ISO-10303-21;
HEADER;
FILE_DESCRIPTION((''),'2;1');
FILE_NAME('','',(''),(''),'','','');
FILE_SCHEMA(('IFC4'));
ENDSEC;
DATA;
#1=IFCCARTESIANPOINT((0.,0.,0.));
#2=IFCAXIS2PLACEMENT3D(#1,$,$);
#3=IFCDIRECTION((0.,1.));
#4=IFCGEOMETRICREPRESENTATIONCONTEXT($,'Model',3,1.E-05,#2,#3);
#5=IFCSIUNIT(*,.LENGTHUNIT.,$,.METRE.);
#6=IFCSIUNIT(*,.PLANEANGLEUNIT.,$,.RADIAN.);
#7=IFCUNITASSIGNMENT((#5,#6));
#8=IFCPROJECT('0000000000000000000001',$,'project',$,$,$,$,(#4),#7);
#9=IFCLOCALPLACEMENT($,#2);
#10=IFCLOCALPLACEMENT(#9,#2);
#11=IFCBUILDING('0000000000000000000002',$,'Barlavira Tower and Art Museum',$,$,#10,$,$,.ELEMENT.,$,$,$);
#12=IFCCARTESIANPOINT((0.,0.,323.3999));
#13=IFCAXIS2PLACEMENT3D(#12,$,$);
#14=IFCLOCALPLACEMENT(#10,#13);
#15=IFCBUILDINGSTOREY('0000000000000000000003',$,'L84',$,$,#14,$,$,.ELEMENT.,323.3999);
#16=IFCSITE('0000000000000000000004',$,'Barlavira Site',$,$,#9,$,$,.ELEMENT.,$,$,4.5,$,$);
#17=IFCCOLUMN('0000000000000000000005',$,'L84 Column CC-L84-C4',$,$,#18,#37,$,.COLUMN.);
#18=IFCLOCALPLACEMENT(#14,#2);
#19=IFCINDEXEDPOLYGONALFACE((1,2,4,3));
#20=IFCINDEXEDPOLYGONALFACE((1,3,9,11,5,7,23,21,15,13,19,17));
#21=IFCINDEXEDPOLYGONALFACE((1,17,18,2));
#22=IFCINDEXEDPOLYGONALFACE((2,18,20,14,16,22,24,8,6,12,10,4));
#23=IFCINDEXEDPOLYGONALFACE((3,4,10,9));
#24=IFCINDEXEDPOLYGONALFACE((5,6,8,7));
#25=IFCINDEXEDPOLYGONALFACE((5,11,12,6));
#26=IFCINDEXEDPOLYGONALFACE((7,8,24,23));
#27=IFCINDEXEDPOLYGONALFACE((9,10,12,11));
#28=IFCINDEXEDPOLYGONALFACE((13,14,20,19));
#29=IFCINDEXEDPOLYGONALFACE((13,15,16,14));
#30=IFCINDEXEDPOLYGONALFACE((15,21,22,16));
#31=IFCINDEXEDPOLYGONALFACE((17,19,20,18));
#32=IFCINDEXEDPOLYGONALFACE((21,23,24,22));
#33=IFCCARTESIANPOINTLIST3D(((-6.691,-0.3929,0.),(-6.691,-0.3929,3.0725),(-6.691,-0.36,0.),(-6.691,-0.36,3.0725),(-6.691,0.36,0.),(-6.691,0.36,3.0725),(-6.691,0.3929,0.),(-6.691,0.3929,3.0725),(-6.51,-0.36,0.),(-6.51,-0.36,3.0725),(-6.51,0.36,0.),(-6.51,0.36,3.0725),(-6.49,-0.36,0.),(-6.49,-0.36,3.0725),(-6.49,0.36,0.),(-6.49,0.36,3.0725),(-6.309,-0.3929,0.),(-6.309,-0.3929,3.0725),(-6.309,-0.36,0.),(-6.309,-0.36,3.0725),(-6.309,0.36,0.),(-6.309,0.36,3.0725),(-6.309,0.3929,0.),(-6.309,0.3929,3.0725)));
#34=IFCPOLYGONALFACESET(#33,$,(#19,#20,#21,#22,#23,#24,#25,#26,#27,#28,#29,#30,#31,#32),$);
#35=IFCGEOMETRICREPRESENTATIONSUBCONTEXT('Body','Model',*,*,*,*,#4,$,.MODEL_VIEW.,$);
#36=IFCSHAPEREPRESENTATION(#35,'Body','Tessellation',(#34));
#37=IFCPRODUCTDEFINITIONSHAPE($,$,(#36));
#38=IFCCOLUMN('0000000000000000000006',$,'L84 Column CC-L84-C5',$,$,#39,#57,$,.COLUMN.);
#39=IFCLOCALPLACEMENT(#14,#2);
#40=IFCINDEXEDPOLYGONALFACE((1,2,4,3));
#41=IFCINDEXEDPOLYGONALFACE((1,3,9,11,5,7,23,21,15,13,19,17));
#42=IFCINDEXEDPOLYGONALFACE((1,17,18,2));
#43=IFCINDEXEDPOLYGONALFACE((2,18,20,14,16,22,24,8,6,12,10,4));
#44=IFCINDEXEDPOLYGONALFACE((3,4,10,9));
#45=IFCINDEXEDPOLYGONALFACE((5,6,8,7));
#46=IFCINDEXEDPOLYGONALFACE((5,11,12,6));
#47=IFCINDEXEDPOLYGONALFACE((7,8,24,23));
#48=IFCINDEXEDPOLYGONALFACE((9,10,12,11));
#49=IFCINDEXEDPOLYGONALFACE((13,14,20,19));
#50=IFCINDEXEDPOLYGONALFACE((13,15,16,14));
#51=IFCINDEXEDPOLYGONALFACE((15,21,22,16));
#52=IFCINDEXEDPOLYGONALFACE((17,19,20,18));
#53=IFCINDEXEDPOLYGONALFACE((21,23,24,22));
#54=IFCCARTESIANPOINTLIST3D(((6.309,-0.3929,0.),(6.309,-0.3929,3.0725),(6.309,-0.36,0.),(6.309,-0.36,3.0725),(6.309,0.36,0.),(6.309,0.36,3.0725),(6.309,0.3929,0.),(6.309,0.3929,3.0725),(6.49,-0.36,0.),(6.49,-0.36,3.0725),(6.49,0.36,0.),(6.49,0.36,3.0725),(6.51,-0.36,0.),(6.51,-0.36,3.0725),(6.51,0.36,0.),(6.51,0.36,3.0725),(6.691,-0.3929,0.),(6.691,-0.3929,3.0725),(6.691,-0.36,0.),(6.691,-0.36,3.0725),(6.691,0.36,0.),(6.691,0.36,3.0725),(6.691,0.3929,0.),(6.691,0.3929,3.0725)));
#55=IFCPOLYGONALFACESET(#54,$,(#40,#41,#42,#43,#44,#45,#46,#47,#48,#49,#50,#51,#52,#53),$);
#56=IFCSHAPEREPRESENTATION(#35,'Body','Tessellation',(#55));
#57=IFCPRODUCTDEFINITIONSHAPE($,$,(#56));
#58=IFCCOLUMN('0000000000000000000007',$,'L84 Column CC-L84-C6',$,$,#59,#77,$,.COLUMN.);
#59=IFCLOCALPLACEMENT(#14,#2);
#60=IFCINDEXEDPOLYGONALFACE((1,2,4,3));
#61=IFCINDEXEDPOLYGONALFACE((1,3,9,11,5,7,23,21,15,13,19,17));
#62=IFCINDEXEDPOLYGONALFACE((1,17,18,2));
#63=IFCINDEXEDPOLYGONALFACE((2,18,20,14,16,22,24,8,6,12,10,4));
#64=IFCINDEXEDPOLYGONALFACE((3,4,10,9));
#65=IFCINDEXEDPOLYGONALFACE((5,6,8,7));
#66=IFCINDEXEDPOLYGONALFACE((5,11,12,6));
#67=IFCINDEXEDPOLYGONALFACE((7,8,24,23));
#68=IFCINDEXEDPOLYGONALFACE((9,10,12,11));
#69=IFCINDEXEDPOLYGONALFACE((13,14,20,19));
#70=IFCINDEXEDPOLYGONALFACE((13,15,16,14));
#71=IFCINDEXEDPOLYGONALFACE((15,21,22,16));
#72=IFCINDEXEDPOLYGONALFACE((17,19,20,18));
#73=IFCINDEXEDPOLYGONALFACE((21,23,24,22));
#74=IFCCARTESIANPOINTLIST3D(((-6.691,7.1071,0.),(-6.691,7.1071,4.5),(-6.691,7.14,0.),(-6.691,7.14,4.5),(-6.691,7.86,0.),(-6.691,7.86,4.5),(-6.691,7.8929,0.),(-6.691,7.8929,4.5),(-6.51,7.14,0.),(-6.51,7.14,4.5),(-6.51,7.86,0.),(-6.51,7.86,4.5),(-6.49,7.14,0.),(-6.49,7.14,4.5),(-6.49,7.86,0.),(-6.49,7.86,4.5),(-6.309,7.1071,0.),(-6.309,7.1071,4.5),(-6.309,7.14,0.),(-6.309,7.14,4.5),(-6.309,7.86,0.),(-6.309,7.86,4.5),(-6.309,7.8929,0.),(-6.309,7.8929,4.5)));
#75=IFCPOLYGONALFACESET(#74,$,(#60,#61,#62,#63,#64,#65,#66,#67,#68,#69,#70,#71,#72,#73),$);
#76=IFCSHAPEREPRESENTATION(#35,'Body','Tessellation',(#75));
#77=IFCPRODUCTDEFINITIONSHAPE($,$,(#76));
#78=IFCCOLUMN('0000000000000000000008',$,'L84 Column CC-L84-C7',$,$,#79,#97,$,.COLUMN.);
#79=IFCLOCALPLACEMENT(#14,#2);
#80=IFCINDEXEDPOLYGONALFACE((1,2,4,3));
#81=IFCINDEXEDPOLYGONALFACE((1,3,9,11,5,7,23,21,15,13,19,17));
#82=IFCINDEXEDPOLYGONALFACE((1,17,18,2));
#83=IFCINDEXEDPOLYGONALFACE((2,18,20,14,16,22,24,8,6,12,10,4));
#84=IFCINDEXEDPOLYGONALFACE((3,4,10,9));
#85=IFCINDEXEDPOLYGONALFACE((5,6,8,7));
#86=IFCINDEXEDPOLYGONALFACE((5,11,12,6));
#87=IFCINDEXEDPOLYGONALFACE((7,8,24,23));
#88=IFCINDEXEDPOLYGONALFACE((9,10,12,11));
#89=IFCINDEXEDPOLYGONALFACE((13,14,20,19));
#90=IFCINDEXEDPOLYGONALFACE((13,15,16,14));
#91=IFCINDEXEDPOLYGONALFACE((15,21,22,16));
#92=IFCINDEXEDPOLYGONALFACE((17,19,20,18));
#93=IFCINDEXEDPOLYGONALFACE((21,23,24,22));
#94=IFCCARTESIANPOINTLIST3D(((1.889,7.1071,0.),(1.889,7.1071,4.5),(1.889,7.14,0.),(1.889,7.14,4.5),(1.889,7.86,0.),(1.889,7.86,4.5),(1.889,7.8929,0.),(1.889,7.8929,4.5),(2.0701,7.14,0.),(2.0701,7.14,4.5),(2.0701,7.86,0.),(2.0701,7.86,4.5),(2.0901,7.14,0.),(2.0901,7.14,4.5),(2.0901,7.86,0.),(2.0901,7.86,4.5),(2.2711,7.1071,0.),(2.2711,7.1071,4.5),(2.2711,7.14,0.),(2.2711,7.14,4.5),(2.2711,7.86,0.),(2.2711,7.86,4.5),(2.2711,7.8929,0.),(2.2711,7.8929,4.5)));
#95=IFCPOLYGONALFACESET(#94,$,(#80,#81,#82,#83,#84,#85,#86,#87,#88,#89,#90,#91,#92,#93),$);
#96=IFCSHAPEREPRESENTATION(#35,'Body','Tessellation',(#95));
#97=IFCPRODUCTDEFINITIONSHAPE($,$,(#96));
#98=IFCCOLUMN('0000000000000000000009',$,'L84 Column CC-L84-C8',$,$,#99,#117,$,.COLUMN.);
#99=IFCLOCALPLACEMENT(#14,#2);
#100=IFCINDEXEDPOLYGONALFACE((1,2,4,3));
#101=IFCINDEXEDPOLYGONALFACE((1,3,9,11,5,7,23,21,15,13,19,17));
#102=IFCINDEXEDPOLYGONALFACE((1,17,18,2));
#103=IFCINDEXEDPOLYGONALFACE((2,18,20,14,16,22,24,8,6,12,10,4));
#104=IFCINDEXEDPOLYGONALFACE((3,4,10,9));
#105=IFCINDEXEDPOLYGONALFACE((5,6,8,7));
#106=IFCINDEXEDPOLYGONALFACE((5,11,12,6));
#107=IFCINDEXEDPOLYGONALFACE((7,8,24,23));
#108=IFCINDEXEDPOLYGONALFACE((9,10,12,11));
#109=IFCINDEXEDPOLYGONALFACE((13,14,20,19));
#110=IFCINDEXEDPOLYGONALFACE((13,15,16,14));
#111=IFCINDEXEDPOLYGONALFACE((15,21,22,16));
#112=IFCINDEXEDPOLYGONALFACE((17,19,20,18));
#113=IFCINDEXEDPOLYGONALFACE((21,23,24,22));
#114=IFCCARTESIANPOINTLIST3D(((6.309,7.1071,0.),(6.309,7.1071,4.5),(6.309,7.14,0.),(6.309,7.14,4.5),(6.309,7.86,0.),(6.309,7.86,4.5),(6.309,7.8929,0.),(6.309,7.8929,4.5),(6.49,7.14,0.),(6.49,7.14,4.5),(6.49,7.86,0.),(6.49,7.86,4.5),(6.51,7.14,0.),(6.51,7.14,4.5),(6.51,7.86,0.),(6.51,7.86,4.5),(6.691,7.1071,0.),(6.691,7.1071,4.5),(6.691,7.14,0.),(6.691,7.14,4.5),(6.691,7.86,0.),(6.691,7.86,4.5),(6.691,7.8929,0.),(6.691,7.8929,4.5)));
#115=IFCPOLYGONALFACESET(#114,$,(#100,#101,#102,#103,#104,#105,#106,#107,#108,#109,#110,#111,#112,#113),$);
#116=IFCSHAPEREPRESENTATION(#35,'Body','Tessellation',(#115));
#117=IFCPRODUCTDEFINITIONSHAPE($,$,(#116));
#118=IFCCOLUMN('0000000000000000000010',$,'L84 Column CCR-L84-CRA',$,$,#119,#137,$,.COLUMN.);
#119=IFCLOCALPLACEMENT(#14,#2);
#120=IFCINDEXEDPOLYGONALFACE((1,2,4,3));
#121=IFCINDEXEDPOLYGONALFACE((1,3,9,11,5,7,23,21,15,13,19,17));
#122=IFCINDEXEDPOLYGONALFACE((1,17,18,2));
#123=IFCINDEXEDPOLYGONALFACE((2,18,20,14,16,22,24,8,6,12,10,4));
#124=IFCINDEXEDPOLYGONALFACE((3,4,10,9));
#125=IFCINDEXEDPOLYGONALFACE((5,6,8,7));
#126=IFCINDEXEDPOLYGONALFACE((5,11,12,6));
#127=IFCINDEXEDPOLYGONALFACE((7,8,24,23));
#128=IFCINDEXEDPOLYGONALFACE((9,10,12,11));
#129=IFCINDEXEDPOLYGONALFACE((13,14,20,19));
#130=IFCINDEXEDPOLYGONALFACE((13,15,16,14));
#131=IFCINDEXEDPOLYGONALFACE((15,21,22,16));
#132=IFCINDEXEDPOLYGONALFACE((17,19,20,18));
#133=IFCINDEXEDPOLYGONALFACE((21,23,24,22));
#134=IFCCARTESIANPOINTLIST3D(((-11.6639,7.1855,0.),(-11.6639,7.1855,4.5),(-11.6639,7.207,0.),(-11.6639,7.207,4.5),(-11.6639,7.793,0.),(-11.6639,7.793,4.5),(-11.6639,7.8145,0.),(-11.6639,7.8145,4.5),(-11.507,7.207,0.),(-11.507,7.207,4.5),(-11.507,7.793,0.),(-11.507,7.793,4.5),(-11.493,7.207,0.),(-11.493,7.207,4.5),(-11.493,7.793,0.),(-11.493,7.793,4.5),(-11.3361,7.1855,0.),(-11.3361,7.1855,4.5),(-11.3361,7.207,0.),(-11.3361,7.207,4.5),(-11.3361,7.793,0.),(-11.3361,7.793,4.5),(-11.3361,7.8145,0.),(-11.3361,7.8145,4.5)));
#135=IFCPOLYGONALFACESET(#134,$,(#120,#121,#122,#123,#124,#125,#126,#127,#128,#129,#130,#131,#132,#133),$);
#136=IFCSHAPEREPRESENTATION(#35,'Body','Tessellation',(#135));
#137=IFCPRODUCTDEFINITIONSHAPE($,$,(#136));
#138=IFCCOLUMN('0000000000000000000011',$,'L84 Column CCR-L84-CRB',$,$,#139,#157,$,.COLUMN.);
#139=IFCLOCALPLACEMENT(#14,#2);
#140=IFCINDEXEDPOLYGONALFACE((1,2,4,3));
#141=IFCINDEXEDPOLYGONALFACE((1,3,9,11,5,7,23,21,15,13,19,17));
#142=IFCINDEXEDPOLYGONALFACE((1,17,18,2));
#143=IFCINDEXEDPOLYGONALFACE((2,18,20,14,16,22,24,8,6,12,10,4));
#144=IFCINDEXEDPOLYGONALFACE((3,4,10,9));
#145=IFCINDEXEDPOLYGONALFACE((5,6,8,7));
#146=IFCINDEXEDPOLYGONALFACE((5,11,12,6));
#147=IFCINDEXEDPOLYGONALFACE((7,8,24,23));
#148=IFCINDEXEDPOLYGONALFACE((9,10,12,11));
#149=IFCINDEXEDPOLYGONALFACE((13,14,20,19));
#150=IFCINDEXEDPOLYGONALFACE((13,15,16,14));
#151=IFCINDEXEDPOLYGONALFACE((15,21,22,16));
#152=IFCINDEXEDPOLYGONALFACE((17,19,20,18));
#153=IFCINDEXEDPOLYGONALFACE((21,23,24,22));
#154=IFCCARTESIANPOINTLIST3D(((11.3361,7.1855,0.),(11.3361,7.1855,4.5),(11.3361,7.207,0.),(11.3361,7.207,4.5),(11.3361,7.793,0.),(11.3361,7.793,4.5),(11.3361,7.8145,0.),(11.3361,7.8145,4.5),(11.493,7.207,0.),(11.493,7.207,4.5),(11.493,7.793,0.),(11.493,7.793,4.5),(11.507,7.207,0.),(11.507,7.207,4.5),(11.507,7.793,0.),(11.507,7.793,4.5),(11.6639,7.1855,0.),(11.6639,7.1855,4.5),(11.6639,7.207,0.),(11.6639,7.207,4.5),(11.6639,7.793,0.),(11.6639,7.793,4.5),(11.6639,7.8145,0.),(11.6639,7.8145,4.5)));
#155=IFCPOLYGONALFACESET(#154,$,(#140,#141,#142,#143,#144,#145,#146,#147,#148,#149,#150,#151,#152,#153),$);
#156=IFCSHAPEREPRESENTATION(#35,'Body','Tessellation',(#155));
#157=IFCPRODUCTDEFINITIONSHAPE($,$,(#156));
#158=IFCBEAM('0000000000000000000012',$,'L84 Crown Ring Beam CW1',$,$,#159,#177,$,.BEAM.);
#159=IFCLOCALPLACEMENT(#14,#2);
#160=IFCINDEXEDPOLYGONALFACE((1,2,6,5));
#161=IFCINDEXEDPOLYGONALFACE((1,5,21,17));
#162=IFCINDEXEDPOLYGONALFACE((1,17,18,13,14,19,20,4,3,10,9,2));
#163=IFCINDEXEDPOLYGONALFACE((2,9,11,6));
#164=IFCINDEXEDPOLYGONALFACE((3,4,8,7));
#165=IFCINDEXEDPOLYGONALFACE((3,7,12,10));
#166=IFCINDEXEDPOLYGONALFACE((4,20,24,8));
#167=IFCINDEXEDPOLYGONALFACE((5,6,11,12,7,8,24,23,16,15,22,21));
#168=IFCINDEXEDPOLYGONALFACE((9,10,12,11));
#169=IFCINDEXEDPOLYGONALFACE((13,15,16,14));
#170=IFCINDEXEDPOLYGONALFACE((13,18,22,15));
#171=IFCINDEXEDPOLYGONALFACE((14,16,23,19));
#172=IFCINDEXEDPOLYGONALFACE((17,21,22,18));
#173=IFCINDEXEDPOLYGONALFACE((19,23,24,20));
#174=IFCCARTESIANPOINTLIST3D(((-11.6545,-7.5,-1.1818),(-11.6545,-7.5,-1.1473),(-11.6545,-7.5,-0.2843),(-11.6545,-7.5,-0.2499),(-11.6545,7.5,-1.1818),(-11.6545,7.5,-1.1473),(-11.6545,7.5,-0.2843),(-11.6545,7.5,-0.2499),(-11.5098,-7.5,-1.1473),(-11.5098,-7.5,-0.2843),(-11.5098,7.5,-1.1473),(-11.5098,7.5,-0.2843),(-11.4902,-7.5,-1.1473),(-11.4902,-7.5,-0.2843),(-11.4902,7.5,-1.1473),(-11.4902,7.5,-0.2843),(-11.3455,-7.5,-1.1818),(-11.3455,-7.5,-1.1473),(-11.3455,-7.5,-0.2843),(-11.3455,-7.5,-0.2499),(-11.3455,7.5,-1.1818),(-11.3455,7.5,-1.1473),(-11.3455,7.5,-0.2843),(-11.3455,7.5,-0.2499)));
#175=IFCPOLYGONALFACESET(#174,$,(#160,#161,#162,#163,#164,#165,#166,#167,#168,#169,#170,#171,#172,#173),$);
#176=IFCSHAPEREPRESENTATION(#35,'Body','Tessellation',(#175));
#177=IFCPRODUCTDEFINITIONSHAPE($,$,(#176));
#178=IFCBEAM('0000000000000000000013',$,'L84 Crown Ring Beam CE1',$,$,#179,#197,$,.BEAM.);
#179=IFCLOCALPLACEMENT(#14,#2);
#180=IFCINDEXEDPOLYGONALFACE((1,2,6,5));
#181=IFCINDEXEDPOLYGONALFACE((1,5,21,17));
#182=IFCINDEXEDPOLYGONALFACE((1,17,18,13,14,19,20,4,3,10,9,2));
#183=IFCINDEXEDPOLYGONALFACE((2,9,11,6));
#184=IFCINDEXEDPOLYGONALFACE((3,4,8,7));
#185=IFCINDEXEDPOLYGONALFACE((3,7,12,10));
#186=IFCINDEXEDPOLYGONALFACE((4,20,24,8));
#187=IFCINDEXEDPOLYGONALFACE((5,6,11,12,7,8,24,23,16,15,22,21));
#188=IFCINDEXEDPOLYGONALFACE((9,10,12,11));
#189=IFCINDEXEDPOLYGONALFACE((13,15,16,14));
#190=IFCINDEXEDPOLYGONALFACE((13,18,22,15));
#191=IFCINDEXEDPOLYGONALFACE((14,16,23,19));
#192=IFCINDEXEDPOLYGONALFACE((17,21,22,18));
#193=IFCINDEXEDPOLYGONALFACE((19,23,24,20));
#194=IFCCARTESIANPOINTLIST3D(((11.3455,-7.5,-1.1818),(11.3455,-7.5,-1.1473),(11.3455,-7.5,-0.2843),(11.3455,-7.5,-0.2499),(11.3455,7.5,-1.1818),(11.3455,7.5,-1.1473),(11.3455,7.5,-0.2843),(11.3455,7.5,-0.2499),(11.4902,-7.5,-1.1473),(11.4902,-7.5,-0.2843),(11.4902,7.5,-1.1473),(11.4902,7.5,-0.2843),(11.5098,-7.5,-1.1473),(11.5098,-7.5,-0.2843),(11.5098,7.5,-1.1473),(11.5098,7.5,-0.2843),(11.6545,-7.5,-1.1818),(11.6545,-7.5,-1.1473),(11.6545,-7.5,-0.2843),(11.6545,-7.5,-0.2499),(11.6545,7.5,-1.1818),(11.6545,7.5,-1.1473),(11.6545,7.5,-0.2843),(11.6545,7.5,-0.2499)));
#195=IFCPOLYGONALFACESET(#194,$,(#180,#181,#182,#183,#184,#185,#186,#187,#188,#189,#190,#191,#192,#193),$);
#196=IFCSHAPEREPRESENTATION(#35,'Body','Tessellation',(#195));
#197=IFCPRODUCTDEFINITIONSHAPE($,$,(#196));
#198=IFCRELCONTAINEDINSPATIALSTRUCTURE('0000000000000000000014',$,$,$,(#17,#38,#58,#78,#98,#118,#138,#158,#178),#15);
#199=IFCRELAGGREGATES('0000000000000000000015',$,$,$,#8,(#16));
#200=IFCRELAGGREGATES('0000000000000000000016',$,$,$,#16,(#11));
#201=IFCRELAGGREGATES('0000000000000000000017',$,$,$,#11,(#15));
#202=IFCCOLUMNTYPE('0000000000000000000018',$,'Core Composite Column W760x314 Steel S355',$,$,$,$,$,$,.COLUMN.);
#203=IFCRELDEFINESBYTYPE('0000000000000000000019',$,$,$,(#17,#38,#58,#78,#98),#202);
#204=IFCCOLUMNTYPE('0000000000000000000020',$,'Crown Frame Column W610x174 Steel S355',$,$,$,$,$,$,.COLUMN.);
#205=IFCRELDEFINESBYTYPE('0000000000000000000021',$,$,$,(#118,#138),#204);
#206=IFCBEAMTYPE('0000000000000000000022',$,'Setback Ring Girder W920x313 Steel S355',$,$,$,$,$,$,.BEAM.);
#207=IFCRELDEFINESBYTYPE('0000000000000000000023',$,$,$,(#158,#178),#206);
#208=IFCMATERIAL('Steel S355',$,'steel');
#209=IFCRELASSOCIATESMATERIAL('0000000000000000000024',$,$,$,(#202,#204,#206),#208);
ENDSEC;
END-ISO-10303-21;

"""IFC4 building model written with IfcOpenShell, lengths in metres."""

from ifc_helpers import new_model, si_unit, direction, frame, origin, origin_2d, place, context, subcontext, project, spatial, i_section, extrude, material, material_profile, profile_set, type_object, element, save


model = new_model("IFC4")

# Units and contexts
model_context = context("Model", 3, precision=1e-05, world=origin(), true_north=direction((0.0, 1.0)))
body_context = subcontext(model_context, "Body", "Model", "MODEL_VIEW")
ifc_project = project(units=[si_unit("LENGTHUNIT", "METRE"), si_unit("PLANEANGLEUNIT", "RADIAN")], contexts=[model_context])

# Site, building, storey
site_placement = place(None, origin())
site = spatial("IfcSite", under=ifc_project, at=site_placement, Name="Barlavira Site", CompositionType="ELEMENT", RefElevation=4.5)
building_placement = place(site_placement, origin())
building = spatial("IfcBuilding", under=site, at=building_placement, Name="Barlavira Tower and Art Museum", CompositionType="ELEMENT")
storey_placement = place(building_placement, frame((0.0, 0.0, 323.3999)))
storey = spatial("IfcBuildingStorey", under=building, at=storey_placement, Name="L84", CompositionType="ELEMENT", Elevation=323.3999)

# Columns
ifc_material_1 = material(Name="Steel S355", Category="steel")
ifc_material_profile_1 = material_profile(ifc_material_1, i_section(OverallWidth=0.3821, OverallDepth=0.7859, WebThickness=0.02, FlangeThickness=0.033, at=origin_2d()), Name="W760x314.0")
ifc_profile_set_1 = profile_set([ifc_material_profile_1], Name="Steel S355")
column_type_1 = type_object("IfcColumnType", Name="Core Composite Column W760x314 Steel S355", PredefinedType="COLUMN", material=ifc_profile_set_1)
for number, where, z_axis, x_axis, name in (
    (1, (-6.5, 0.0, 0.0), (0.0, 0.0, 1.0), (1.0, 0.0, 0.0), "L84 Column CC-L84-C4"),
    (2, (6.5, 0.0, 0.0), (0.0, 0.0, 1.0), (1.0, 0.0, 0.0), "L84 Column CC-L84-C5"),
):
    element("IfcColumn", number, at=place(storey_placement, frame(where, z_axis=z_axis, x_axis=x_axis)), inside=storey, type_object=column_type_1, Name=name, PredefinedType="COLUMN", context=body_context, shape_type="SweptSolid", body=[
        extrude(i_section(OverallWidth=0.3821, OverallDepth=0.7859, WebThickness=0.02, FlangeThickness=0.033, at=origin_2d()), origin(), (0.0, 0.0, 1.0), 3.0725),
    ])
for number, where, z_axis, x_axis, name in (
    (3, (-6.5, 7.5, 0.0), (0.0, 0.0, 1.0), (1.0, 0.0, 0.0), "L84 Column CC-L84-C6"),
    (4, (2.0801, 7.5, 0.0), (0.0, 0.0, 1.0), (1.0, 0.0, 0.0), "L84 Column CC-L84-C7"),
    (5, (6.5, 7.5, 0.0), (0.0, 0.0, 1.0), (1.0, 0.0, 0.0), "L84 Column CC-L84-C8"),
):
    element("IfcColumn", number, at=place(storey_placement, frame(where, z_axis=z_axis, x_axis=x_axis)), inside=storey, type_object=column_type_1, Name=name, PredefinedType="COLUMN", context=body_context, shape_type="SweptSolid", body=[
        extrude(i_section(OverallWidth=0.3821, OverallDepth=0.7859, WebThickness=0.02, FlangeThickness=0.033, at=origin_2d()), origin(), (0.0, 0.0, 1.0), 4.5),
    ])
ifc_material_profile_2 = material_profile(ifc_material_1, i_section(OverallWidth=0.3279, OverallDepth=0.6289, WebThickness=0.0139, FlangeThickness=0.0215, at=origin_2d()), Name="W610x174.0")
ifc_profile_set_2 = profile_set([ifc_material_profile_2], Name="Steel S355")
column_type_2 = type_object("IfcColumnType", Name="Crown Frame Column W610x174 Steel S355", PredefinedType="COLUMN", material=ifc_profile_set_2)
for number, where, z_axis, x_axis, name in (
    (6, (-11.5, 7.5, 0.0), (0.0, 0.0, 1.0), (1.0, 0.0, 0.0), "L84 Column CCR-L84-CRA"),
    (7, (11.5, 7.5, 0.0), (0.0, 0.0, 1.0), (1.0, 0.0, 0.0), "L84 Column CCR-L84-CRB"),
):
    element("IfcColumn", number, at=place(storey_placement, frame(where, z_axis=z_axis, x_axis=x_axis)), inside=storey, type_object=column_type_2, Name=name, PredefinedType="COLUMN", context=body_context, shape_type="SweptSolid", body=[
        extrude(i_section(OverallWidth=0.3279, OverallDepth=0.6289, WebThickness=0.0139, FlangeThickness=0.0215, at=origin_2d()), origin(), (0.0, 0.0, 1.0), 4.5),
    ])

# Beams
ifc_material_profile_3 = material_profile(ifc_material_1, i_section(OverallWidth=0.3091, OverallDepth=0.9319, WebThickness=0.0195, FlangeThickness=0.0344, at=origin_2d()), Name="W920x313.0")
ifc_profile_set_3 = profile_set([ifc_material_profile_3], Name="Steel S355")
beam_type = type_object("IfcBeamType", Name="Setback Ring Girder W920x313 Steel S355", PredefinedType="BEAM", material=ifc_profile_set_3)
for number, where, z_axis, x_axis, name in (
    (8, (-11.5, -7.5, -0.7158), (0.0, 1.0, 0.0), (-1.0, 0.0, 0.0), "L84 Crown Ring Beam CW1"),
    (9, (11.5, -7.5, -0.7158), (0.0, 1.0, 0.0), (-1.0, 0.0, 0.0), "L84 Crown Ring Beam CE1"),
):
    element("IfcBeam", number, at=place(storey_placement, frame(where, z_axis=z_axis, x_axis=x_axis)), inside=storey, type_object=beam_type, Name=name, PredefinedType="BEAM", context=body_context, shape_type="SweptSolid", body=[
        extrude(i_section(OverallWidth=0.3091, OverallDepth=0.9319, WebThickness=0.0195, FlangeThickness=0.0344, at=origin_2d()), origin(), (0.0, 0.0, 1.0), 15.0),
    ])

save(model, "model.ifc")
